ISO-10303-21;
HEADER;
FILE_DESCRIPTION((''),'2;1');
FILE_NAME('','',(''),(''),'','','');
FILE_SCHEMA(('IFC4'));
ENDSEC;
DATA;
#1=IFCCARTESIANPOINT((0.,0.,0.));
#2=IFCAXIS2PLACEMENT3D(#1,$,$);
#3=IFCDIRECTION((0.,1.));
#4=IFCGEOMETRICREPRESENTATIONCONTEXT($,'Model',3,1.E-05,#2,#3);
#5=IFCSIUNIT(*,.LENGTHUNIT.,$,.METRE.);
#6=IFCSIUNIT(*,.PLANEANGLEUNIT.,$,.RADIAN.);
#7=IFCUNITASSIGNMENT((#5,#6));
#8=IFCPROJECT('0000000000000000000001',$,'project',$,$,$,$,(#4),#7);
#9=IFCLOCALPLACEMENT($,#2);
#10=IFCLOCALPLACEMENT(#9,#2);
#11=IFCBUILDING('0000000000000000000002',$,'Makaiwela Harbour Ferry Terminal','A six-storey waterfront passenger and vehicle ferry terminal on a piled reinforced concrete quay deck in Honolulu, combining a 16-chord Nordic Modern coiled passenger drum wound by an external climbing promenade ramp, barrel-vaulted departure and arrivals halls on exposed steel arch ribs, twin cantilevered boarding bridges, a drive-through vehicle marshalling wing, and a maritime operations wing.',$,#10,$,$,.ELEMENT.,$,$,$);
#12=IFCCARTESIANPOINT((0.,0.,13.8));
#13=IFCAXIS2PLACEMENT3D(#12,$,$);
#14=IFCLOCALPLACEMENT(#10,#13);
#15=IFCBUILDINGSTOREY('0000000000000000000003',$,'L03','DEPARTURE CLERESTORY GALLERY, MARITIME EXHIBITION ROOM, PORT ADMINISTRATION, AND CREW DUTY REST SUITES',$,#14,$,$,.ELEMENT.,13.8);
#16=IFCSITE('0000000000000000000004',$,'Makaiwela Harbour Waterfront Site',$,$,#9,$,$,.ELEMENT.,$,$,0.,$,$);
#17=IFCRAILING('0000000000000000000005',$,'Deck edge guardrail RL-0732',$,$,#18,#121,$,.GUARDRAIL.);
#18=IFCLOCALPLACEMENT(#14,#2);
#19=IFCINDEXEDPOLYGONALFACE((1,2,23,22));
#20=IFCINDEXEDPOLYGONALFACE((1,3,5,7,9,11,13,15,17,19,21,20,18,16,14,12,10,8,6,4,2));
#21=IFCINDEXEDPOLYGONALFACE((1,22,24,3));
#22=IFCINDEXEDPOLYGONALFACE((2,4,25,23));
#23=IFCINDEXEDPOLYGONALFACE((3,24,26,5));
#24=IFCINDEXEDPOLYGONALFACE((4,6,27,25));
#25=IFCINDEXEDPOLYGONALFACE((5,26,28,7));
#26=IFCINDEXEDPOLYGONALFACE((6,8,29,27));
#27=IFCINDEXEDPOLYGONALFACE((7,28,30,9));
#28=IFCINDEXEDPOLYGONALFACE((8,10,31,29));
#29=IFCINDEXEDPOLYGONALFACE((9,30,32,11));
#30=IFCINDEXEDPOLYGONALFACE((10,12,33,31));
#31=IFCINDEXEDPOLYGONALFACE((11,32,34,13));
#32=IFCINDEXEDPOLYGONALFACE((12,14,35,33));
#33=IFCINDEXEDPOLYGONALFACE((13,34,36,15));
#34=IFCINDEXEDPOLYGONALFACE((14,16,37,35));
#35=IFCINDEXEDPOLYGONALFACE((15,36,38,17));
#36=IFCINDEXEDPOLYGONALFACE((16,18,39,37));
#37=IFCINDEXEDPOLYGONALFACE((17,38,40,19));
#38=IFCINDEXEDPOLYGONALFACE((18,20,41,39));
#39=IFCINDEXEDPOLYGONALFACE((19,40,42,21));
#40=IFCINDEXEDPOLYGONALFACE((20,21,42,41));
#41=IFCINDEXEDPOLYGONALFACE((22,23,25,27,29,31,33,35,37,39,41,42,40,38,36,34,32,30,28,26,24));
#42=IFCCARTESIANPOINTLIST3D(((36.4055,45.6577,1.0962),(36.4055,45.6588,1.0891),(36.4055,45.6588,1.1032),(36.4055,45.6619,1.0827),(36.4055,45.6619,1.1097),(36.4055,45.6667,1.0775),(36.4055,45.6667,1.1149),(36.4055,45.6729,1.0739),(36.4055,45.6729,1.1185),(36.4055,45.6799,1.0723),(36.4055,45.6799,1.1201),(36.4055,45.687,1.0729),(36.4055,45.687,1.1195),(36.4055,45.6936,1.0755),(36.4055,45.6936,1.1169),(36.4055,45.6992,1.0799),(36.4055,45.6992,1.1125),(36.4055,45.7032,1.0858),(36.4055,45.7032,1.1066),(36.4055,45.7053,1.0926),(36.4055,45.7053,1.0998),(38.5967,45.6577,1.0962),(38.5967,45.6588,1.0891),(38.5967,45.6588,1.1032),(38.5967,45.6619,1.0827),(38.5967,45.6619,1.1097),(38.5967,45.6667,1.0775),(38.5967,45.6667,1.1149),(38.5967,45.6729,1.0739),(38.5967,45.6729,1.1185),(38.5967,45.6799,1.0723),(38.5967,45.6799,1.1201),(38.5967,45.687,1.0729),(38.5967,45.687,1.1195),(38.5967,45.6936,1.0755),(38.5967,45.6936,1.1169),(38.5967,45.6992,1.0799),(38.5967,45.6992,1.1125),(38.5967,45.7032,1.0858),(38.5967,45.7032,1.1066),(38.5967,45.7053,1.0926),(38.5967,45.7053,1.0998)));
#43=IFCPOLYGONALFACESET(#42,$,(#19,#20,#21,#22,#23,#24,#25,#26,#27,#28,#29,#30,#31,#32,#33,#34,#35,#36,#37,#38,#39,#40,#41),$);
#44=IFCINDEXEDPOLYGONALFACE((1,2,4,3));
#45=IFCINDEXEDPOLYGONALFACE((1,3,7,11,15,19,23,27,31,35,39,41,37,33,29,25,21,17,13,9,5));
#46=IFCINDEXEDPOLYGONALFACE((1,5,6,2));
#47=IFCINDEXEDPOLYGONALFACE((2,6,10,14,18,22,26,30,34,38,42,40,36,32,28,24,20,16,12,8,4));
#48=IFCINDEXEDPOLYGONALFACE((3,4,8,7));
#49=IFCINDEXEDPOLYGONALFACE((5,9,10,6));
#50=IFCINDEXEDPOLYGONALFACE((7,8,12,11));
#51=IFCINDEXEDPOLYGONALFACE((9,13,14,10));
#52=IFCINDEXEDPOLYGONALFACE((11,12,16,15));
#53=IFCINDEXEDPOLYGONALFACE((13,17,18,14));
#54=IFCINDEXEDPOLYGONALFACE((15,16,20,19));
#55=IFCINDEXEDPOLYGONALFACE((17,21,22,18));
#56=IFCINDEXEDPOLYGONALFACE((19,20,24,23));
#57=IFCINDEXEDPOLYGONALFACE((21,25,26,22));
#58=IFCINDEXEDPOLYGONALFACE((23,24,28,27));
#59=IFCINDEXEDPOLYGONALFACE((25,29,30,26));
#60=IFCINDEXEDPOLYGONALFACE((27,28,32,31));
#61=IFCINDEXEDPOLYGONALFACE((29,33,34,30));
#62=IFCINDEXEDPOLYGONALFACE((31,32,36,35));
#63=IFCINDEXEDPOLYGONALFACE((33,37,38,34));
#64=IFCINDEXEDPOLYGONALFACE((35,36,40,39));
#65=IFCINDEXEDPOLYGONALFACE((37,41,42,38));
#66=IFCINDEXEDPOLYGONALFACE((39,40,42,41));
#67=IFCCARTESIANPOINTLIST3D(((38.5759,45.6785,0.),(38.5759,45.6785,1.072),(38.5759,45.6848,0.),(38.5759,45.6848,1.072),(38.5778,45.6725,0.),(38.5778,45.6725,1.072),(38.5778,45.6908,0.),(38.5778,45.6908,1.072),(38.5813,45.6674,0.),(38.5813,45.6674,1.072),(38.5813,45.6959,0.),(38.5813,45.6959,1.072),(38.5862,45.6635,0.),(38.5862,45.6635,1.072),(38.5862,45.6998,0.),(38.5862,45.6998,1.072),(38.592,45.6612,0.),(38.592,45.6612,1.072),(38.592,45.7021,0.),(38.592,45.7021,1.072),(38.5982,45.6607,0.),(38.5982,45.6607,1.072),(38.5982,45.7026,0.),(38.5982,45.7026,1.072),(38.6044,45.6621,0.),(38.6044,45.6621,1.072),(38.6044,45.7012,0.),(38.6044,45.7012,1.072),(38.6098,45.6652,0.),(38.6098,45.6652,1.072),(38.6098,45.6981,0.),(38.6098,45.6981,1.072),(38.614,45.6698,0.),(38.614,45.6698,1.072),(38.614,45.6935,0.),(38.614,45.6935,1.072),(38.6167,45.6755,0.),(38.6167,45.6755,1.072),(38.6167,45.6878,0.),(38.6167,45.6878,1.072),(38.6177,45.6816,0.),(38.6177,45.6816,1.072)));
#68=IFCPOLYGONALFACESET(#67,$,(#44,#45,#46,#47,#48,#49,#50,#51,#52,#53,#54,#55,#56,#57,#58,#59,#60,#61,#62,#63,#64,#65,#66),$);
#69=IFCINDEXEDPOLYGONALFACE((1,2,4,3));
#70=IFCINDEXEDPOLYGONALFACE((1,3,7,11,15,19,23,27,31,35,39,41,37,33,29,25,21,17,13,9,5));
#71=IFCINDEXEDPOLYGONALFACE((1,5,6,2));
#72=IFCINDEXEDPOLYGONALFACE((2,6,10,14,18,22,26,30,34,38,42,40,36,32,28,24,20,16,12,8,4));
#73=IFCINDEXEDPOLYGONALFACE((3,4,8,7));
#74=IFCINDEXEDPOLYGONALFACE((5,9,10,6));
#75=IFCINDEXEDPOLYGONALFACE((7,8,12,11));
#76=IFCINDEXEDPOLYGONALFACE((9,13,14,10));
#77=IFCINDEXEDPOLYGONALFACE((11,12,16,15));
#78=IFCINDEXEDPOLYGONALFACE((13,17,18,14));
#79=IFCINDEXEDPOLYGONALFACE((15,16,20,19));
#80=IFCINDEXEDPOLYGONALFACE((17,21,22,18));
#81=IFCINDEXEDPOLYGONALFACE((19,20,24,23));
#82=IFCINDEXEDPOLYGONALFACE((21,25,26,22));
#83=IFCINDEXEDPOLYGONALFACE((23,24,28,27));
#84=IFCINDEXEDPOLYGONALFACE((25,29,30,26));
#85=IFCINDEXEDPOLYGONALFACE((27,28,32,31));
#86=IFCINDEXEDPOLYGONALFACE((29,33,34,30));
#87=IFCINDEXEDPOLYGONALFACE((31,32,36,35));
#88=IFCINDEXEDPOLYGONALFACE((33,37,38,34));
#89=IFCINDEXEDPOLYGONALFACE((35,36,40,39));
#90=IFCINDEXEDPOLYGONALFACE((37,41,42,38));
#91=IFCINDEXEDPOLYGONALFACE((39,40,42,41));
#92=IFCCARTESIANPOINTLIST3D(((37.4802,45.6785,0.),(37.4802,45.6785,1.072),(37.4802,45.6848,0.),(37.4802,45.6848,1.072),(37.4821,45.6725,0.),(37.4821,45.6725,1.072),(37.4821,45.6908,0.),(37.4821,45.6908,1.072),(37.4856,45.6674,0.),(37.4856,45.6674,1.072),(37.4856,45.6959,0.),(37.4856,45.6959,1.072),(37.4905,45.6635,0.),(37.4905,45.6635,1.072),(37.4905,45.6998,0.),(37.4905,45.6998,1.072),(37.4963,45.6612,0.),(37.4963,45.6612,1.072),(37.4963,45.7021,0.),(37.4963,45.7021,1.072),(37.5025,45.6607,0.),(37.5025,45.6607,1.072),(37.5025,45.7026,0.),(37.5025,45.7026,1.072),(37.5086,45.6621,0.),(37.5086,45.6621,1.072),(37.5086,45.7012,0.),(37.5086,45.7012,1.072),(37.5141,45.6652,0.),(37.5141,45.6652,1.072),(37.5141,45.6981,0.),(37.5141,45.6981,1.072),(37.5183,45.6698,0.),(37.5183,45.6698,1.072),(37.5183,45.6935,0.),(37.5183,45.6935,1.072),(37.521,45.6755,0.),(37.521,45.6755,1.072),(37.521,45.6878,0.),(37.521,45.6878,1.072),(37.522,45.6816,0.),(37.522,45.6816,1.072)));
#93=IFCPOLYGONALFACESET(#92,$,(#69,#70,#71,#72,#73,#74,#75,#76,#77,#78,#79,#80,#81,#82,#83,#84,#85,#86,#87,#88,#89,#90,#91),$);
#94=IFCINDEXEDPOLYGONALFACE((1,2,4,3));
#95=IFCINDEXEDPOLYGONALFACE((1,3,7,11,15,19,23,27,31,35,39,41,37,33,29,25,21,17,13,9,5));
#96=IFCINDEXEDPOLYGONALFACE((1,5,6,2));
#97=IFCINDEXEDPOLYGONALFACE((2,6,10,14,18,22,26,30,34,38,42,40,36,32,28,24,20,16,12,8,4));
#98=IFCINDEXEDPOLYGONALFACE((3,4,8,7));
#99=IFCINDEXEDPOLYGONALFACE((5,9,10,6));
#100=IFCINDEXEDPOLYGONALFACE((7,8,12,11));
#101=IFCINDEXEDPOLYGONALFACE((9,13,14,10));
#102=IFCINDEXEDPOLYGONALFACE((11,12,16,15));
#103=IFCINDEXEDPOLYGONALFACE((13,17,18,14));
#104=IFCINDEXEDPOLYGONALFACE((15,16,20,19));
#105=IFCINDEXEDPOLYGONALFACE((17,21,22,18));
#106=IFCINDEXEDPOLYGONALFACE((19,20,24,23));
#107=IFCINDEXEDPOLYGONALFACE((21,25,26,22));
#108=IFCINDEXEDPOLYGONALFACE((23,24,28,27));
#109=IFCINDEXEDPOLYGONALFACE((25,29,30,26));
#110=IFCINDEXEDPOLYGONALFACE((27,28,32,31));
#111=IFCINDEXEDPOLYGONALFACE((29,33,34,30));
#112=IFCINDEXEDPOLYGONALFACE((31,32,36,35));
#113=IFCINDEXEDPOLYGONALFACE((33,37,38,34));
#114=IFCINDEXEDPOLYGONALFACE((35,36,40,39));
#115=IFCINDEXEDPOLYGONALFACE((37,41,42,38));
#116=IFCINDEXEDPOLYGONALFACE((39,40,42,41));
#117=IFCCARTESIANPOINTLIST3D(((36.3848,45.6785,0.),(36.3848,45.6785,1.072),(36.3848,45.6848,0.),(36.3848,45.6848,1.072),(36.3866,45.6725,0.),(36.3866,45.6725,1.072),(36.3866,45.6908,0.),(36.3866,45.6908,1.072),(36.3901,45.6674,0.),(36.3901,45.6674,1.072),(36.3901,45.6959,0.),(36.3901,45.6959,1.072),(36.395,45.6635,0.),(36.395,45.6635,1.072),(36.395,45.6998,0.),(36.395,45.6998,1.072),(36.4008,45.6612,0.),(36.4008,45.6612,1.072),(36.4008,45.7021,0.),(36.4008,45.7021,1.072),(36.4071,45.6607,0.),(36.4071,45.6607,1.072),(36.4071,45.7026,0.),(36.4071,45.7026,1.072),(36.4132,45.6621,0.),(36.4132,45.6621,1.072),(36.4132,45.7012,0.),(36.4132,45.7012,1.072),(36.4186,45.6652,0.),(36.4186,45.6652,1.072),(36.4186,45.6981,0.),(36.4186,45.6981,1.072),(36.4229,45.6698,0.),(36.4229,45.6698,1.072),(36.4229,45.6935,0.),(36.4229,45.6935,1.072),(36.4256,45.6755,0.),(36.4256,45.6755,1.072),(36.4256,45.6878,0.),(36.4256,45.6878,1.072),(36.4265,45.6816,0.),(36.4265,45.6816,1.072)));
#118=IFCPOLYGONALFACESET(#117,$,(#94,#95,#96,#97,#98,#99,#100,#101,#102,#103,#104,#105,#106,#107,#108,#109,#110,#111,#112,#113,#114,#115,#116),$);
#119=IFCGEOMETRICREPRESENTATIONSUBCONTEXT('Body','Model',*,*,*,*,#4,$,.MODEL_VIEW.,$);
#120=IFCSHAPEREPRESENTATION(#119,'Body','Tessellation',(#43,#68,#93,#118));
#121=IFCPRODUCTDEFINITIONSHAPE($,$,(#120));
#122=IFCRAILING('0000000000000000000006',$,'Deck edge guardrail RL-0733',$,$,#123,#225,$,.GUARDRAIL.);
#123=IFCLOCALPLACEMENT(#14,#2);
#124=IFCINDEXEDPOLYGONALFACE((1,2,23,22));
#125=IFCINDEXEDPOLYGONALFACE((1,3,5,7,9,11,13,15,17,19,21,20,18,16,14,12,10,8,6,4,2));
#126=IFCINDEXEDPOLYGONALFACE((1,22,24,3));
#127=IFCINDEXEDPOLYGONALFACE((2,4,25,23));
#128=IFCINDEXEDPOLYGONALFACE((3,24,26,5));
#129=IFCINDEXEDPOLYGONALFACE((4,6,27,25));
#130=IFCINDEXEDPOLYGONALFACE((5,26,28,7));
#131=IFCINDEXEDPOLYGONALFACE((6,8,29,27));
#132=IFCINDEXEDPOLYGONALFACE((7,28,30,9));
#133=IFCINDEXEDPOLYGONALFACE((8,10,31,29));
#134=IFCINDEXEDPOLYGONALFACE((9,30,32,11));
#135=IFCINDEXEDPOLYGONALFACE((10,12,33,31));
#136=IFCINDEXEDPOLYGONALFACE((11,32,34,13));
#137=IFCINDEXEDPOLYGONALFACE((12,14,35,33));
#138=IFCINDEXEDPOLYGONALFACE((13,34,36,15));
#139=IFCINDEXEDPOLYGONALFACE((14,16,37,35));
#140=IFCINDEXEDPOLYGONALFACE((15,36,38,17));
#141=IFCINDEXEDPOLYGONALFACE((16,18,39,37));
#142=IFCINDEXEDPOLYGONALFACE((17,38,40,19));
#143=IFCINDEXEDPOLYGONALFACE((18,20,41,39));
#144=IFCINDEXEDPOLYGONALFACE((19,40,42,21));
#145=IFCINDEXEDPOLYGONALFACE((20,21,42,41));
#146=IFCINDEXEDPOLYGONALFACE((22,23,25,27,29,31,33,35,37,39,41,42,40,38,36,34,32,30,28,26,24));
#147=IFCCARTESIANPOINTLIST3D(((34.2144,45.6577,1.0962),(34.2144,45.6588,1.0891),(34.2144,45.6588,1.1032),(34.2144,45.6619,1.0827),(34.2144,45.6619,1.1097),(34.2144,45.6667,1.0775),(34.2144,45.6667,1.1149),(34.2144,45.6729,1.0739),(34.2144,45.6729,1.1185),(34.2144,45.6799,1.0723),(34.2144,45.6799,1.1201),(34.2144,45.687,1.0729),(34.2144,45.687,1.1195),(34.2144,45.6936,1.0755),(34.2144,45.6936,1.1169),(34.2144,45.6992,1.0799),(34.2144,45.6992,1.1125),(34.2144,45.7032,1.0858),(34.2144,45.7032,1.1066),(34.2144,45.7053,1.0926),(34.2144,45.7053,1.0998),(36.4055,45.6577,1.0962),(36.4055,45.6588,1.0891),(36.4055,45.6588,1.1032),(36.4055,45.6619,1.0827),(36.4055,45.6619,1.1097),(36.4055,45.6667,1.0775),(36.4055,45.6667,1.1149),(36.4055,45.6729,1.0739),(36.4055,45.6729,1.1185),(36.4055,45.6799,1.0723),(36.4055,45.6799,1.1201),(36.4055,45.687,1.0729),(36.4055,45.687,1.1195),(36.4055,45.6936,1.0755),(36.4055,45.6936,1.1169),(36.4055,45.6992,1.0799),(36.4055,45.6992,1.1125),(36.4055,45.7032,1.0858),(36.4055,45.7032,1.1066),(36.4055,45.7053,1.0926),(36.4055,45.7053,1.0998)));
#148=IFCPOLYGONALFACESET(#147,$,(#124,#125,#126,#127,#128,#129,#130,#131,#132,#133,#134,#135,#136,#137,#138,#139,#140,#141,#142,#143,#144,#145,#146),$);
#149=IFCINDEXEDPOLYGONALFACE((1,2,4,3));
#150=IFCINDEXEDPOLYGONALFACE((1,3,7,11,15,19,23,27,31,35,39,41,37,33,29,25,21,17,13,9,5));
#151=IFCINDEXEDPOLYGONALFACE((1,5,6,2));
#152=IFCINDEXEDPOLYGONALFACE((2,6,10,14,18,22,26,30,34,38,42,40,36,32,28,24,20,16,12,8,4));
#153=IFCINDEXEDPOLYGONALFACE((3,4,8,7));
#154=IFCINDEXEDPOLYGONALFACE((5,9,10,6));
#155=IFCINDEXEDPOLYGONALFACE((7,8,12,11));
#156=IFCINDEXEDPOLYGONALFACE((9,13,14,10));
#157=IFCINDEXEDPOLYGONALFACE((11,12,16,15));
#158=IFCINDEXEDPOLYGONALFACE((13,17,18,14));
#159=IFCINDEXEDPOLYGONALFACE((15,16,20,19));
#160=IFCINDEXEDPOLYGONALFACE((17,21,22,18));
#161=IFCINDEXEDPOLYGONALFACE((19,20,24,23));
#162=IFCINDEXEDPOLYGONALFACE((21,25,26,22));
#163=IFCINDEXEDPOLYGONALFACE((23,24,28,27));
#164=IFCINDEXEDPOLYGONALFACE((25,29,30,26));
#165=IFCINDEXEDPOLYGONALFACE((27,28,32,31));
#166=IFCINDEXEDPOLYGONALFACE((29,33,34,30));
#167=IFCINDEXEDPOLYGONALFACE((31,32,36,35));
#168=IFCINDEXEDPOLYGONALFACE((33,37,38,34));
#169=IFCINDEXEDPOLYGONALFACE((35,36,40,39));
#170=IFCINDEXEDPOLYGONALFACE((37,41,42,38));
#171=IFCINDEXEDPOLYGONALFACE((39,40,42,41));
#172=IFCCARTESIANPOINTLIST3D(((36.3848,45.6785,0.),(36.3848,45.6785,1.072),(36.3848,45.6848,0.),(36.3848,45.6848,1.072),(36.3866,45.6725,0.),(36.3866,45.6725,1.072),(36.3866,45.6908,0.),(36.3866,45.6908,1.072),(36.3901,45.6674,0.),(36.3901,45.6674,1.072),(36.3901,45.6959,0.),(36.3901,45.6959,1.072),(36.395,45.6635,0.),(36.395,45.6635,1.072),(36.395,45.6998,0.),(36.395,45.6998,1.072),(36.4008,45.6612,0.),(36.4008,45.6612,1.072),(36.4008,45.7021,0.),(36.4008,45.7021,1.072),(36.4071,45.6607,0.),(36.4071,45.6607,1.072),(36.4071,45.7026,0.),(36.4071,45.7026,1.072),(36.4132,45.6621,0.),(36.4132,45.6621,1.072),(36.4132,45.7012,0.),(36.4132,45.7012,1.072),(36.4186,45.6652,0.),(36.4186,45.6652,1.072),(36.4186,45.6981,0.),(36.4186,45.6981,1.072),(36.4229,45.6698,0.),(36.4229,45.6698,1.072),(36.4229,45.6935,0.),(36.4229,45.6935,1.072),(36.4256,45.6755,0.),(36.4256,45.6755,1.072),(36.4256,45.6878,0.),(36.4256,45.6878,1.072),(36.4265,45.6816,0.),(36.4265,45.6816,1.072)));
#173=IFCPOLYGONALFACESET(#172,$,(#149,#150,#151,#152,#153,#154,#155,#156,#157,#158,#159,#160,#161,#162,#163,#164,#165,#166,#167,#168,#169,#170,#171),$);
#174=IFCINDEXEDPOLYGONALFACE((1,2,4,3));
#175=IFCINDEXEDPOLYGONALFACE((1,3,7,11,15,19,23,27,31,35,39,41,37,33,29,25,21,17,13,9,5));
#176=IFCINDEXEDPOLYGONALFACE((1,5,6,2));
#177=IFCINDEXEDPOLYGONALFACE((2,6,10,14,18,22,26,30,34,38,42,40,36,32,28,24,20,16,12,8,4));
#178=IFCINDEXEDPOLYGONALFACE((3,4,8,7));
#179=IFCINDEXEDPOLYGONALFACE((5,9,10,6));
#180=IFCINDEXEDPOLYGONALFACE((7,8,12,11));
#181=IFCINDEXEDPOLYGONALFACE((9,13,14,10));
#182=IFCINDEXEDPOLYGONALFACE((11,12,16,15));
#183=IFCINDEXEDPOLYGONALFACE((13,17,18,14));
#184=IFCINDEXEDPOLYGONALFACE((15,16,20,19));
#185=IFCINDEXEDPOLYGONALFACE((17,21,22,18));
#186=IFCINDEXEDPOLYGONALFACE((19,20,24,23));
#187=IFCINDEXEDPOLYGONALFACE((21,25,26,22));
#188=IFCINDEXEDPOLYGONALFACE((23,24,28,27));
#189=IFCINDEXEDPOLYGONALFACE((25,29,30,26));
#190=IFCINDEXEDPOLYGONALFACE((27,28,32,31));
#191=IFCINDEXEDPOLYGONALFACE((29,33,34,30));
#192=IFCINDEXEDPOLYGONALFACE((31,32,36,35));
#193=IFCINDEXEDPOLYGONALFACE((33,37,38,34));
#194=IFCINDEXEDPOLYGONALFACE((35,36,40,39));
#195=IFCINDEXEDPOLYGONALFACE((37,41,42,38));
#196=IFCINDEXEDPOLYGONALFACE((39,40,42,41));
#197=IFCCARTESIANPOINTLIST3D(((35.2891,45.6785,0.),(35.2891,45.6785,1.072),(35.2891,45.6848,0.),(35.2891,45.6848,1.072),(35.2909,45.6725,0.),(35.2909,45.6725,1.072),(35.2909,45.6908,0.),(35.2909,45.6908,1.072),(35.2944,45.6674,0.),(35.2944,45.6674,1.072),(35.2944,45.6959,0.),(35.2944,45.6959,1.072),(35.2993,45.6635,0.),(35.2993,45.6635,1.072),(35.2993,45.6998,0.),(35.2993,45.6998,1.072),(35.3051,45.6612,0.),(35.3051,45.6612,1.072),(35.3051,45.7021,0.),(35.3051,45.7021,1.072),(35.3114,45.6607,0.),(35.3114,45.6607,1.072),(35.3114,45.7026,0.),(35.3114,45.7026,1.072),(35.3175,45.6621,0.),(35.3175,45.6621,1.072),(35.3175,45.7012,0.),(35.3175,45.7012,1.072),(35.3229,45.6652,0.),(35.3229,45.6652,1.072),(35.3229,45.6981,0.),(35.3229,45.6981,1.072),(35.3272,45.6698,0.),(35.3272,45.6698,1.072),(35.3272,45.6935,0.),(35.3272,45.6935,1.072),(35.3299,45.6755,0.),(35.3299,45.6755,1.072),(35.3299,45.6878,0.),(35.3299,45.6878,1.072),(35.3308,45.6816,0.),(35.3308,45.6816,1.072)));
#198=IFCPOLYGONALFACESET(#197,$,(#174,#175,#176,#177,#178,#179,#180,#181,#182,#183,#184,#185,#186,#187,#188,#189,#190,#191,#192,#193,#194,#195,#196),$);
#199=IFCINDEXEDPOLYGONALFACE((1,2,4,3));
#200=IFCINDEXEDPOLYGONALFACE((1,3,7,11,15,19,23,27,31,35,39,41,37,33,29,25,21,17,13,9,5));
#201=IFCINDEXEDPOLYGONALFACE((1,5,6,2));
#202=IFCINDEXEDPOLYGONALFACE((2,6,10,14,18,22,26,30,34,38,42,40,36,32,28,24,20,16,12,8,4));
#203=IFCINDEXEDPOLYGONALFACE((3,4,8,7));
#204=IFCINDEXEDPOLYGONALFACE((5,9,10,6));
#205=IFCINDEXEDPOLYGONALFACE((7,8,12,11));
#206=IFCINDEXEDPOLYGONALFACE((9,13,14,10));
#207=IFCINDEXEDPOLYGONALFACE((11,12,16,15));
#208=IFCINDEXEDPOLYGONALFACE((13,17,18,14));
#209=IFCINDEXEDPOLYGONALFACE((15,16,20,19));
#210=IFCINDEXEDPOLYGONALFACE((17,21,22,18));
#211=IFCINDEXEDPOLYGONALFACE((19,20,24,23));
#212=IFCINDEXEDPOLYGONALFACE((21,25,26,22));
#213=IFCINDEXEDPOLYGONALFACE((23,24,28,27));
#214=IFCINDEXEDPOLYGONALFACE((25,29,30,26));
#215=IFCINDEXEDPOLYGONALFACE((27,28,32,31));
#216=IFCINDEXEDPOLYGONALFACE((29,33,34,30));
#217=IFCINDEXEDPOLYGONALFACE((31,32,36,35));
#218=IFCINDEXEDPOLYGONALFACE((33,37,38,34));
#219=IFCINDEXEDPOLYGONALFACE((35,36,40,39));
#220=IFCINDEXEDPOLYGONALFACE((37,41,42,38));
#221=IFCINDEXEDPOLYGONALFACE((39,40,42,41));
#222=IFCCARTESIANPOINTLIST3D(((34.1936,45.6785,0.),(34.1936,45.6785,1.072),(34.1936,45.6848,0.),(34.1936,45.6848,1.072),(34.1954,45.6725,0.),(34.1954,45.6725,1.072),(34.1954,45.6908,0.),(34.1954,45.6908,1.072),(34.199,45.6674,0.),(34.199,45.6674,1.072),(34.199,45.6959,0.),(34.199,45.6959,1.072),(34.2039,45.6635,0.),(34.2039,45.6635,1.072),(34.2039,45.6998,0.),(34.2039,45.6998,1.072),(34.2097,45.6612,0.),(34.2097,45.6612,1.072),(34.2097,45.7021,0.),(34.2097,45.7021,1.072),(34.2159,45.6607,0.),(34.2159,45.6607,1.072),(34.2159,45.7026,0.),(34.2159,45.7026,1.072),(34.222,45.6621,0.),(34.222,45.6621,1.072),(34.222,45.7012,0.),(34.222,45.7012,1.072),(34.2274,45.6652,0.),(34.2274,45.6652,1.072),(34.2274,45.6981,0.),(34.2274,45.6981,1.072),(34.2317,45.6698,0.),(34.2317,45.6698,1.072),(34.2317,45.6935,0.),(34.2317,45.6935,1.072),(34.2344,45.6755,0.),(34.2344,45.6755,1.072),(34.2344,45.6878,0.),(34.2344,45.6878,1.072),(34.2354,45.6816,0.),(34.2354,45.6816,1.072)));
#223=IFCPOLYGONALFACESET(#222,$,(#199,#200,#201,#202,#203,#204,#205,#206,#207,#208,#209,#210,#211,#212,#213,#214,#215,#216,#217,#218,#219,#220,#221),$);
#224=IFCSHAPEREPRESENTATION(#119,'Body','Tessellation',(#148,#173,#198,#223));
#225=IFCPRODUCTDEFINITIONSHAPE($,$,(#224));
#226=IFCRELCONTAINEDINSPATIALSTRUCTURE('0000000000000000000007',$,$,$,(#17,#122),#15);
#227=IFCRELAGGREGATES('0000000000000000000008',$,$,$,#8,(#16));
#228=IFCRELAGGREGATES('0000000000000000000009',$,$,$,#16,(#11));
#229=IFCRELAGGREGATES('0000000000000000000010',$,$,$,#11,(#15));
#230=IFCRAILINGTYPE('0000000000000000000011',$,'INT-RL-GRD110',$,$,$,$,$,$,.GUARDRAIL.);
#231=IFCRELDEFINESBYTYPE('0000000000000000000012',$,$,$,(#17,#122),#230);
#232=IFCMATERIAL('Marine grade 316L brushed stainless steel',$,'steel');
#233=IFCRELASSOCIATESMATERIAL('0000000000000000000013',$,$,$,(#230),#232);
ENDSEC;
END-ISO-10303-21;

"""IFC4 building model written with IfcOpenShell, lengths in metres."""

from ifc_helpers import new_model, si_unit, direction, frame, origin, origin_2d, place, context, subcontext, project, spatial, circle, extrude, material, type_object, element, save


model = new_model("IFC4")

# Units and contexts
model_context = context("Model", 3, precision=1e-05, world=origin(), true_north=direction((0.0, 1.0)))
body_context = subcontext(model_context, "Body", "Model", "MODEL_VIEW")
ifc_project = project(units=[si_unit("LENGTHUNIT", "METRE"), si_unit("PLANEANGLEUNIT", "RADIAN")], contexts=[model_context])

# Site, building, storey
site_placement = place(None, origin())
site = spatial("IfcSite", under=ifc_project, at=site_placement, Name="Makaiwela Harbour Waterfront Site", CompositionType="ELEMENT", RefElevation=0.0)
building_placement = place(site_placement, origin())
building = spatial("IfcBuilding", under=site, at=building_placement, Name="Makaiwela Harbour Ferry Terminal", Description="A six-storey waterfront passenger and vehicle ferry terminal on a piled reinforced concrete quay deck in Honolulu, combining a 16-chord Nordic Modern coiled passenger drum wound by an external climbing promenade ramp, barrel-vaulted departure and arrivals halls on exposed steel arch ribs, twin cantilevered boarding bridges, a drive-through vehicle marshalling wing, and a maritime operations wing.", CompositionType="ELEMENT")
storey_placement = place(building_placement, frame((0.0, 0.0, 13.8)))
storey = spatial("IfcBuildingStorey", under=building, at=storey_placement, Name="L03", Description="DEPARTURE CLERESTORY GALLERY, MARITIME EXHIBITION ROOM, PORT ADMINISTRATION, AND CREW DUTY REST SUITES", CompositionType="ELEMENT", Elevation=13.8)

# Railings
ifc_material_1 = material(Name="Marine grade 316L brushed stainless steel", Category="steel")
railing_type = type_object("IfcRailingType", Name="INT-RL-GRD110", PredefinedType="GUARDRAIL", material=ifc_material_1)
for number, where, name in (
    (1, (38.5967, 45.6816, 0.0), "Deck edge guardrail RL-0732"),
    (2, (36.4055, 45.6816, 0.0), "Deck edge guardrail RL-0733"),
):
    element("IfcRailing", number, at=place(storey_placement, frame(where)), inside=storey, type_object=railing_type, Name=name, PredefinedType="GUARDRAIL", context=body_context, shape_type="SweptSolid", body=[
        extrude(circle(Radius=0.0239, at=origin_2d()), frame((0.0, 0.0, 1.0962), z_axis=(-1.0, 0.0, 0.0), x_axis=(0.0, -1.0, 0.0)), (0.0, 0.0, 1.0), 2.1912),
        extrude(circle(Radius=0.021, at=origin_2d()), origin(), (0.0, 0.0, 1.0), 1.072),
        extrude(circle(Radius=0.021, at=origin_2d()), frame((-1.0957, 0.0, 0.0)), (0.0, 0.0, 1.0), 1.072),
        extrude(circle(Radius=0.021, at=origin_2d()), frame((-2.1912, 0.0, 0.0)), (0.0, 0.0, 1.0), 1.072),
    ])

save(model, "model.ifc")
